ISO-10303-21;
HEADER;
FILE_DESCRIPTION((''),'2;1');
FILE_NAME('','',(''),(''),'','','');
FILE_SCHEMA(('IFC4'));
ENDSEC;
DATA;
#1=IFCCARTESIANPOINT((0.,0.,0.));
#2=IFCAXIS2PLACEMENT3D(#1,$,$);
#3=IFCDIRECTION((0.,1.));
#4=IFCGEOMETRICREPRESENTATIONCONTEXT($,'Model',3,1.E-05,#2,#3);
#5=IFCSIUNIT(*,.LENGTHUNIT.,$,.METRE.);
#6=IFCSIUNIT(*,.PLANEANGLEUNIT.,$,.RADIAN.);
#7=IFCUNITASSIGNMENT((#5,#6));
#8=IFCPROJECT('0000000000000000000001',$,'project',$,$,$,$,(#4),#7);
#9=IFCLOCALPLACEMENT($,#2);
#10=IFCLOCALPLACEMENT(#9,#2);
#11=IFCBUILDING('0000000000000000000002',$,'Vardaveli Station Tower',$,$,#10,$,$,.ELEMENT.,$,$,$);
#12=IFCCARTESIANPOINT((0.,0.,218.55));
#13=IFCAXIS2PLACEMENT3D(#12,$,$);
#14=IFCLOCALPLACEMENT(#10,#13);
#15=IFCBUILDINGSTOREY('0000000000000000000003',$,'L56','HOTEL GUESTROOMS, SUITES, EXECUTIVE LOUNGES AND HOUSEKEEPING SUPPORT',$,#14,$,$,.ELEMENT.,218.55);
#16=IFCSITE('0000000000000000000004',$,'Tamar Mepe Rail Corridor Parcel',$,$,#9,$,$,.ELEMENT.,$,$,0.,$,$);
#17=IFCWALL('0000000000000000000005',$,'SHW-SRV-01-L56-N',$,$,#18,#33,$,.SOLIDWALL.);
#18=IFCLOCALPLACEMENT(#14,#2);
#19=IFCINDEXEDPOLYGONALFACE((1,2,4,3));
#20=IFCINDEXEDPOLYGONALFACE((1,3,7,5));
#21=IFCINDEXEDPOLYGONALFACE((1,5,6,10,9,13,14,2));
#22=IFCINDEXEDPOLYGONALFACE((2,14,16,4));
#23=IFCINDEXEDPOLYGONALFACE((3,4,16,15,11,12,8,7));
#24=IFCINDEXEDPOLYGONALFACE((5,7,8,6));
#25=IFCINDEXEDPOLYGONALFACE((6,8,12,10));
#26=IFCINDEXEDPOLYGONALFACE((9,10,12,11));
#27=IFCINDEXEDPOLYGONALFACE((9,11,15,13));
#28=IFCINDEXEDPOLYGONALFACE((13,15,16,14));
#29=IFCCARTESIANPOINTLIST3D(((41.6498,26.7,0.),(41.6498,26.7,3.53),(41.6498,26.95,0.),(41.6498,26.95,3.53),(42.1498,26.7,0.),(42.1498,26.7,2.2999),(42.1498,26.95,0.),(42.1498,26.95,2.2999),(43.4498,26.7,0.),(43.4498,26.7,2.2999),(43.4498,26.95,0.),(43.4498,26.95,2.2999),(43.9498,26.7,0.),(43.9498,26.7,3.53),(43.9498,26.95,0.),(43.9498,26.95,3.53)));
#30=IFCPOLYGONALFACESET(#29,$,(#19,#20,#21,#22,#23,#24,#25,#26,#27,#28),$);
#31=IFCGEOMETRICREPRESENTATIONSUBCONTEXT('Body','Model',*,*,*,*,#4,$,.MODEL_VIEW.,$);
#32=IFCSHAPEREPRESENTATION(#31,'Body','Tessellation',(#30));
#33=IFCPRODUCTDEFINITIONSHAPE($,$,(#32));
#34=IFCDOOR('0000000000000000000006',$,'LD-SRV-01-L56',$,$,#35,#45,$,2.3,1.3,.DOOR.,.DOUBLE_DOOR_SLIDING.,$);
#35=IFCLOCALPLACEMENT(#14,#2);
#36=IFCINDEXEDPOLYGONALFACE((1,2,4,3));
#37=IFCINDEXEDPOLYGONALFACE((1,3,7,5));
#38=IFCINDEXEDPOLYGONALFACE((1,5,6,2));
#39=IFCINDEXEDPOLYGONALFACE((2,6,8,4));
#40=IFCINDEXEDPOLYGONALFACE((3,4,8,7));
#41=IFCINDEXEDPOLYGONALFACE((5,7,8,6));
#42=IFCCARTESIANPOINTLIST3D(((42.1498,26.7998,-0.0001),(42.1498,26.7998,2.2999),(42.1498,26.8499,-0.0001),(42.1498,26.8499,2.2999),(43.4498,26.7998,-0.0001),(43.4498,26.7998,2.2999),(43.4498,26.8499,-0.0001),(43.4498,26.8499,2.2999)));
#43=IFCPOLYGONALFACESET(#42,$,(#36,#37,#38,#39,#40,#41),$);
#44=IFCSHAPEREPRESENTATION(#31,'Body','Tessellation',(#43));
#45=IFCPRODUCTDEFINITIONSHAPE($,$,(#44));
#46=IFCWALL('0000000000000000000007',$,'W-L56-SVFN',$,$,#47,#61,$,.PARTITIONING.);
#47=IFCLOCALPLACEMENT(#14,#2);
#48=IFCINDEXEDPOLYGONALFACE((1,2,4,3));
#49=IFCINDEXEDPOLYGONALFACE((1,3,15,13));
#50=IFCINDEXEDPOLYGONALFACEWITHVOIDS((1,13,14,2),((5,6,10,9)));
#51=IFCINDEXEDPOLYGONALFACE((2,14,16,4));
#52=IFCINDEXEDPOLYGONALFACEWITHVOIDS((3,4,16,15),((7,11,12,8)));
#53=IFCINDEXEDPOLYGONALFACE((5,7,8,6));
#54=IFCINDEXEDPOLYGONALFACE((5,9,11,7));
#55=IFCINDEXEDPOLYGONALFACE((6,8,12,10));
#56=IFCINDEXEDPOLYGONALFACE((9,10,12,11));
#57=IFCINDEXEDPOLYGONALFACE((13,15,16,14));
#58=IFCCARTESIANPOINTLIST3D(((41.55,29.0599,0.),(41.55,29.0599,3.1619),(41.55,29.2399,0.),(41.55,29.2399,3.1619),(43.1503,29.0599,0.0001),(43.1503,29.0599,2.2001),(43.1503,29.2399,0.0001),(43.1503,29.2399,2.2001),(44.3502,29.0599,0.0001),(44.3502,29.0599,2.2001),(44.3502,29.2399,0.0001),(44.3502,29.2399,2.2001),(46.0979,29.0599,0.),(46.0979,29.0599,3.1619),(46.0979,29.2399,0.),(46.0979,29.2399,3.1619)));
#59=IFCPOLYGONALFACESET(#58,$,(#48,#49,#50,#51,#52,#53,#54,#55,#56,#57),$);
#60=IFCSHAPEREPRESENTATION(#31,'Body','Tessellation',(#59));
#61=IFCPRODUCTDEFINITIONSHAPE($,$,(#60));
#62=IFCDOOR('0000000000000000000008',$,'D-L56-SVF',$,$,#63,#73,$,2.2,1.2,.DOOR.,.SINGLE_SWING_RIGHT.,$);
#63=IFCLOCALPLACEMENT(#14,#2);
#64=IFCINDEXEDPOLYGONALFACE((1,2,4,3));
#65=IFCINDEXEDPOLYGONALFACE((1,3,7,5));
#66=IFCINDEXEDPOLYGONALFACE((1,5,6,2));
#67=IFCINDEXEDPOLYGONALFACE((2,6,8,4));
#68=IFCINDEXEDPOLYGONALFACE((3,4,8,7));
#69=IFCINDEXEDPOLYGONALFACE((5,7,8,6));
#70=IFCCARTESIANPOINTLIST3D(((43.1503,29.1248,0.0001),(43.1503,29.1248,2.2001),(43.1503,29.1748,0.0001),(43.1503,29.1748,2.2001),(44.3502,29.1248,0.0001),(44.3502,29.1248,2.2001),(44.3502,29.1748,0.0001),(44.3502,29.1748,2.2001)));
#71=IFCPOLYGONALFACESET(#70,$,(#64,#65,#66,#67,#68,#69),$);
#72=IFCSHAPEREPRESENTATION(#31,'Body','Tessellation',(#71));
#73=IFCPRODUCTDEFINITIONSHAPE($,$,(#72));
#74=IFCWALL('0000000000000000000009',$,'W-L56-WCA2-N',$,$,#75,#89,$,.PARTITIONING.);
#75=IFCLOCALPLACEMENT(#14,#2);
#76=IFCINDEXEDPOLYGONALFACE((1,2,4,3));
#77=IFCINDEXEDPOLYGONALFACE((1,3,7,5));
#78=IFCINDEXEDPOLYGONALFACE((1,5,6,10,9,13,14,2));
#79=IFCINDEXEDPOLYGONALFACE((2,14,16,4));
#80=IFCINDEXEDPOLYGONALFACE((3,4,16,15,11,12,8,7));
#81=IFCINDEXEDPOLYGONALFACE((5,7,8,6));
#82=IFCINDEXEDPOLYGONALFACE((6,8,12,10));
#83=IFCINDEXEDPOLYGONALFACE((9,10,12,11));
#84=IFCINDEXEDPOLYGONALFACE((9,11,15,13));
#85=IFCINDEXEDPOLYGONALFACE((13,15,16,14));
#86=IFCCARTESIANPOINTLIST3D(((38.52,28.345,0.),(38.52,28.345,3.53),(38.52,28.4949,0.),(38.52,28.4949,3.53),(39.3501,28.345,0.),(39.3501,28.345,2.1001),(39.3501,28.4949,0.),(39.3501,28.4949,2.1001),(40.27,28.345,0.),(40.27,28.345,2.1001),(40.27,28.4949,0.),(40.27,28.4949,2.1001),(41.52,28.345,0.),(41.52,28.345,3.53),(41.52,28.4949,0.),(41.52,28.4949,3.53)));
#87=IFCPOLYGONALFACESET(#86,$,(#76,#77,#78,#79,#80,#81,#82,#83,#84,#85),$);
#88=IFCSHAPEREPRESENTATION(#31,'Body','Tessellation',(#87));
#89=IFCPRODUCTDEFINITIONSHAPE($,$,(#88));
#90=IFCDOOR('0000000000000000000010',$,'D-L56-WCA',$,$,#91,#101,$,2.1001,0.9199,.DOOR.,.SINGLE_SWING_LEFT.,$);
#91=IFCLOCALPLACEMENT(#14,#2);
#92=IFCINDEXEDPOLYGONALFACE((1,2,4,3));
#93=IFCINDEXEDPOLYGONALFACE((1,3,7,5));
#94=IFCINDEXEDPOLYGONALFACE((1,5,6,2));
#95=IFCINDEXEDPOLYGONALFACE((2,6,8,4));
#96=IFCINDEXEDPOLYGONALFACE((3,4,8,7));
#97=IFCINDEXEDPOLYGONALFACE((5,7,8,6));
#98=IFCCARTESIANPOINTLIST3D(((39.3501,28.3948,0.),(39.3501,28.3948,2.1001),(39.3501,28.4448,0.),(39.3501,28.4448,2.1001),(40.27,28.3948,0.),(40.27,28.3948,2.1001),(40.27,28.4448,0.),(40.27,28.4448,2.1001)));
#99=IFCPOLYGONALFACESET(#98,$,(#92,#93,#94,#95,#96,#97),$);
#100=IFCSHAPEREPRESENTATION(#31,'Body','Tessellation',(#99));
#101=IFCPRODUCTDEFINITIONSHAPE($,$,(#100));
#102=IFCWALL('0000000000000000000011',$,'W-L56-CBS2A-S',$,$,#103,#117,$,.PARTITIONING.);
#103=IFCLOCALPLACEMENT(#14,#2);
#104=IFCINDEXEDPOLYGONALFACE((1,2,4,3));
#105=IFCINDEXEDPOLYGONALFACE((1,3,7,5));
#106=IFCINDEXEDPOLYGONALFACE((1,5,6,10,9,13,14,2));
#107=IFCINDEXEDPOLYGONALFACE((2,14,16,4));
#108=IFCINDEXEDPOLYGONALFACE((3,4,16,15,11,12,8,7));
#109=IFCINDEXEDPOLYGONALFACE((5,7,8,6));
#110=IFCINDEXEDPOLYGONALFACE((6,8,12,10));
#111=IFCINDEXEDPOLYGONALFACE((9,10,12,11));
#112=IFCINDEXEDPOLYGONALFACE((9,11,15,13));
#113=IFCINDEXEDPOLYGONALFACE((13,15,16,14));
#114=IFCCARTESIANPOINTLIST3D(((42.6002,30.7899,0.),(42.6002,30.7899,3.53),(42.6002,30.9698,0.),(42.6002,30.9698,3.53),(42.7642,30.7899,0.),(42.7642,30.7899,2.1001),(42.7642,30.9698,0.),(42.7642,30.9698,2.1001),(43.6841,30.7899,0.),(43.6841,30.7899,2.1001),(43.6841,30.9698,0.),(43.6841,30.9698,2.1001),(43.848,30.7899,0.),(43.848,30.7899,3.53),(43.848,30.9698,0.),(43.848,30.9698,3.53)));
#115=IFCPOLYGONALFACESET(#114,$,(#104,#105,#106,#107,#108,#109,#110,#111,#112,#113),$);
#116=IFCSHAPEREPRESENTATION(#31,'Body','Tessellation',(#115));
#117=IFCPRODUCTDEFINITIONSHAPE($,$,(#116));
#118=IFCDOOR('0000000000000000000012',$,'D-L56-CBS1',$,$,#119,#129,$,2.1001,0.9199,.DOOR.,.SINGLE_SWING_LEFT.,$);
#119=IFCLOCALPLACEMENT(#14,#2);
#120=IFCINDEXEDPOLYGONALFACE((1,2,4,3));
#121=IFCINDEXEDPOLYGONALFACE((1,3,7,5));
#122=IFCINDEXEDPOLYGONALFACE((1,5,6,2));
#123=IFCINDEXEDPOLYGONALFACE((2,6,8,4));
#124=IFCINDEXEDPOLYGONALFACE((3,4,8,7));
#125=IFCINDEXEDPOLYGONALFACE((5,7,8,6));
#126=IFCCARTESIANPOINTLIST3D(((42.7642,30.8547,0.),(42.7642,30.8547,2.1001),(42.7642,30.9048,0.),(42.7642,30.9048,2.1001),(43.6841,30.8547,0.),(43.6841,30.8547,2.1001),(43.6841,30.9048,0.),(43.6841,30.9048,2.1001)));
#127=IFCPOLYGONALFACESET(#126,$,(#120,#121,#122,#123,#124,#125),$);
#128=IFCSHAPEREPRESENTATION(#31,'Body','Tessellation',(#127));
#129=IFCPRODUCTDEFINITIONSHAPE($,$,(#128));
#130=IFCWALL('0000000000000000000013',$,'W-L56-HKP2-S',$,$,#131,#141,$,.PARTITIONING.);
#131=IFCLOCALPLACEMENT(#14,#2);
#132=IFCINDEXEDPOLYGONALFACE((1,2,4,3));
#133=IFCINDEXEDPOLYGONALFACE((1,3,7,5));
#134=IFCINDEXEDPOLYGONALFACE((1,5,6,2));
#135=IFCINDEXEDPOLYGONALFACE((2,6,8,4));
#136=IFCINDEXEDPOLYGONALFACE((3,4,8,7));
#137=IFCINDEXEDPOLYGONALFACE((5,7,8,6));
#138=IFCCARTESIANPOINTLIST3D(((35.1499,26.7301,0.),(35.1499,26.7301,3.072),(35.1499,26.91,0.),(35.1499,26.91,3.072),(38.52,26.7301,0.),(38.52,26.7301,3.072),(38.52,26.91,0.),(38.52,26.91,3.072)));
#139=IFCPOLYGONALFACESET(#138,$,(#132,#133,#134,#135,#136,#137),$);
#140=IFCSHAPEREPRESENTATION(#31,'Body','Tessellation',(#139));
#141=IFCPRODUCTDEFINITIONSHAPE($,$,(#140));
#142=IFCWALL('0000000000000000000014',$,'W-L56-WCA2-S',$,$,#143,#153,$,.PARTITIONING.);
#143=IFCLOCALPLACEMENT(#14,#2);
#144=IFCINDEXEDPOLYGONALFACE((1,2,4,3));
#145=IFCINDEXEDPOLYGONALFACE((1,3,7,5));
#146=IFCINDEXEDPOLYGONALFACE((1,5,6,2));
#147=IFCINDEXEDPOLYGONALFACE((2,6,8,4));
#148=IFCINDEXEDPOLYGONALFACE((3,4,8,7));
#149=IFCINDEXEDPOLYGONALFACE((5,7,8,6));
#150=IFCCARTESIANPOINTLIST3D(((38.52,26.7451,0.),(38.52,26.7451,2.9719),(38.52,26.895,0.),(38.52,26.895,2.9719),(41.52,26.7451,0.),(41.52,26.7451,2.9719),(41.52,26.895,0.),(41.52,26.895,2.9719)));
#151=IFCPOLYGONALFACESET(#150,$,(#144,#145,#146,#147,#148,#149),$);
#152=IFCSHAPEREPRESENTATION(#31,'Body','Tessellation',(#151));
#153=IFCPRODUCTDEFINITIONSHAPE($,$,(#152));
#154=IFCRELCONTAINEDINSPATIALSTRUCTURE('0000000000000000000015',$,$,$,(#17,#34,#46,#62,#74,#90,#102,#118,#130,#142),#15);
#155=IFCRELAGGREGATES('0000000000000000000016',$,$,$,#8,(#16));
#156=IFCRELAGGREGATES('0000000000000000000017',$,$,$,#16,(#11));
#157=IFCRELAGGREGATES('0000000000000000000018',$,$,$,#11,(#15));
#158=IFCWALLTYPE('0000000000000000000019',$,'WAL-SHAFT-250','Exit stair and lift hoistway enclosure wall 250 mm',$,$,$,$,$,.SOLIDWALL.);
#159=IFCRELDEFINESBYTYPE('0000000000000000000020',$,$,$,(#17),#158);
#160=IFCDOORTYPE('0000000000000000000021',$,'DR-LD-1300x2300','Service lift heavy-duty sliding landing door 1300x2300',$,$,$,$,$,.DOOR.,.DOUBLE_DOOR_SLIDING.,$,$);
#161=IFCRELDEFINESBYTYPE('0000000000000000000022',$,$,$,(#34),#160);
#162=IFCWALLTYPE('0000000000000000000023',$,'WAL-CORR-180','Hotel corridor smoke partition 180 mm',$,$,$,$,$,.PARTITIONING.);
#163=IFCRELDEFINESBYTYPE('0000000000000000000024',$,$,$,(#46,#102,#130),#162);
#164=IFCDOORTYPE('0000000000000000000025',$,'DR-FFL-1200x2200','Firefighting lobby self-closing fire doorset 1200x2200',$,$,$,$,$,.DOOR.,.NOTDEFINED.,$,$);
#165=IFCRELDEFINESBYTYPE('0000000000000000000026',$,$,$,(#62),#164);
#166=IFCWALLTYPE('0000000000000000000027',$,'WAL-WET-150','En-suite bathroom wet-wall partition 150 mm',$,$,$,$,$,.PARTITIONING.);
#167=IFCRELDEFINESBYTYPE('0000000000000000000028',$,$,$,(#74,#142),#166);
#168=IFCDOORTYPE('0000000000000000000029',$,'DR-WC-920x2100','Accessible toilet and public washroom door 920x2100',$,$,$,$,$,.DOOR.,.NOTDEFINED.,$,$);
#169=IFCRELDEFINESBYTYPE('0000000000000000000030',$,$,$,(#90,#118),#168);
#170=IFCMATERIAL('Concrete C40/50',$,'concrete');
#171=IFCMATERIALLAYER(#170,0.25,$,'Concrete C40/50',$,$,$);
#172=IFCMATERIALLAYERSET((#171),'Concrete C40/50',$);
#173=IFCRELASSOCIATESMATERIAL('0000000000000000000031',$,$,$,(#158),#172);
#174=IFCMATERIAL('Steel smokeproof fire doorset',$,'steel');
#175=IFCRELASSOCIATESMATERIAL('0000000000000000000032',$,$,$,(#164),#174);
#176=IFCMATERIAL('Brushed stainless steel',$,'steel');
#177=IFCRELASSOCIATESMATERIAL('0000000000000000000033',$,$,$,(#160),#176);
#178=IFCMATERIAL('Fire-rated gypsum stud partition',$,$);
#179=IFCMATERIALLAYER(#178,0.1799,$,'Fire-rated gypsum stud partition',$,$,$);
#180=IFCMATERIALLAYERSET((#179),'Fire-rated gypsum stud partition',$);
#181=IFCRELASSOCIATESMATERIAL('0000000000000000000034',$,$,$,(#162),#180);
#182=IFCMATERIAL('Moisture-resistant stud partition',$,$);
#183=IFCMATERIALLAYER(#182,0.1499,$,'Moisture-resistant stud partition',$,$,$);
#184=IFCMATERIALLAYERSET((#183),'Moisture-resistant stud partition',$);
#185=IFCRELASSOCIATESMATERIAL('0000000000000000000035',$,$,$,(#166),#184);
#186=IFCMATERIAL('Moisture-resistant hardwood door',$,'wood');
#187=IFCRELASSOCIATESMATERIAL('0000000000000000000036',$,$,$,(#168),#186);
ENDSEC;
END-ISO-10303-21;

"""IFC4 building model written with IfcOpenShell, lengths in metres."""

from ifc_helpers import new_model, si_unit, direction, frame, frame_2d, origin, place, context, subcontext, project, spatial, rectangle, extrude, source, transform, mapped, material, layer, layer_set, type_object, element, fill, save


model = new_model("IFC4")

# Units and contexts
model_context = context("Model", 3, precision=1e-05, world=origin(), true_north=direction((0.0, 1.0)))
body_context = subcontext(model_context, "Body", "Model", "MODEL_VIEW")
ifc_project = project(units=[si_unit("LENGTHUNIT", "METRE"), si_unit("PLANEANGLEUNIT", "RADIAN")], contexts=[model_context])

# Site, building, storey
site_placement = place(None, origin())
site = spatial("IfcSite", under=ifc_project, at=site_placement, Name="Tamar Mepe Rail Corridor Parcel", CompositionType="ELEMENT", RefElevation=0.0)
building_placement = place(site_placement, origin())
building = spatial("IfcBuilding", under=site, at=building_placement, Name="Vardaveli Station Tower", CompositionType="ELEMENT")
storey_placement = place(building_placement, frame((0.0, 0.0, 218.55)))
storey = spatial("IfcBuildingStorey", under=building, at=storey_placement, Name="L56", Description="HOTEL GUESTROOMS, SUITES, EXECUTIVE LOUNGES AND HOUSEKEEPING SUPPORT", CompositionType="ELEMENT", Elevation=218.55)

# Shared definitions
ifc_material_1 = material(Name="Concrete C40/50", Category="concrete")
ifc_layer_1 = layer(ifc_material_1, 0.25, Name="Concrete C40/50")
ifc_layer_set_1 = layer_set([ifc_layer_1], Name="Concrete C40/50")
wall_type_1 = type_object("IfcWallType", Name="WAL-SHAFT-250", Description="Exit stair and lift hoistway enclosure wall 250 mm", PredefinedType="SOLIDWALL", material=ifc_layer_set_1)

# Walls, openings, doors
ifc_material_2 = material(Name="Steel smokeproof fire doorset", Category="steel")
door_type_1 = type_object("IfcDoorType", Name="DR-FFL-1200x2200", Description="Firefighting lobby self-closing fire doorset 1200x2200", OperationType="NOTDEFINED", PredefinedType="DOOR", material=ifc_material_2)
shared_shape_1 = source(origin(), body_context, "Body", "SweptSolid", [
    extrude(rectangle(XDim=1.2, YDim=2.2, at=frame_2d((0.6001, 1.1001))), frame((0.0, 0.0249, 0.0), z_axis=(0.0, -1.0, 0.0), x_axis=(1.0, 0.0, 0.0)), (0.0, 0.0, 1.0), 0.05),
])
shared_shape_2 = source(origin(), body_context, "Body", "SweptSolid", [
    extrude(rectangle(XDim=2.3, YDim=0.25, at=frame_2d((1.1499, 0.0))), origin(), (0.0, 0.0, 1.0), 3.53),
])
wall_1_placement = place(storey_placement, frame((41.6499, 26.825, 0.0), z_axis=(0.0, 0.0, 1.0), x_axis=(1.0, 0.0, 0.0)))
wall_1 = element("IfcWall", 1, at=wall_1_placement, inside=storey, type_object=wall_type_1, Name="SHW-SRV-01-L56-N", PredefinedType="SOLIDWALL", context=body_context, shape_type="MappedRepresentation", body=[
    mapped(shared_shape_2, transform((0.0, 0.0, 0.0), scale=1.0)),
])
shared_shape_3 = source(origin(), body_context, "Body", "SweptSolid", [
    extrude(rectangle(XDim=1.3, YDim=2.3, at=frame_2d((0.6499, 1.1499))), frame((0.0, 0.135, 0.0), z_axis=(0.0, -1.0, 0.0), x_axis=(1.0, 0.0, 0.0)), (0.0, 0.0, 1.0), 0.27),
])
opening_1_placement = place(wall_1_placement, frame((0.5, 0.0, 0.0)))
opening_1 = element("IfcOpeningElement", 2, at=opening_1_placement, cuts=wall_1, PredefinedType="OPENING", context=body_context, shape_type="MappedRepresentation", body=[
    mapped(shared_shape_3, transform((0.0, 0.0, 0.0), scale=1.0)),
])
ifc_material_3 = material(Name="Brushed stainless steel", Category="steel")
door_type_2 = type_object("IfcDoorType", Name="DR-LD-1300x2300", Description="Service lift heavy-duty sliding landing door 1300x2300", OperationType="DOUBLE_DOOR_SLIDING", PredefinedType="DOOR", material=ifc_material_3)
shared_shape_4 = source(origin(), body_context, "Body", "SweptSolid", [
    extrude(rectangle(XDim=1.3, YDim=2.3, at=frame_2d((0.6499, 1.1499))), frame((0.0, 0.0249, 0.0), z_axis=(0.0, -1.0, 0.0), x_axis=(1.0, 0.0, 0.0)), (0.0, 0.0, 1.0), 0.05),
])
door_1_placement = place(opening_1_placement, origin())
door_1 = element("IfcDoor", 3, at=door_1_placement, inside=storey, type_object=door_type_2, Name="LD-SRV-01-L56", OperationType="DOUBLE_DOOR_SLIDING", OverallHeight=2.3, OverallWidth=1.3, PredefinedType="DOOR", context=body_context, shape_type="MappedRepresentation", body=[
    mapped(shared_shape_4, transform((0.0, 0.0, 0.0), scale=1.0)),
])
fill(opening_1, door_1)
ifc_material_4 = material(Name="Fire-rated gypsum stud partition")
ifc_layer_2 = layer(ifc_material_4, 0.1799, Name="Fire-rated gypsum stud partition")
ifc_layer_set_2 = layer_set([ifc_layer_2], Name="Fire-rated gypsum stud partition")
wall_type_2 = type_object("IfcWallType", Name="WAL-CORR-180", Description="Hotel corridor smoke partition 180 mm", PredefinedType="PARTITIONING", material=ifc_layer_set_2)
shared_shape_5 = source(origin(), body_context, "Body", "SweptSolid", [
    extrude(rectangle(XDim=4.5479, YDim=0.1799, at=frame_2d((2.2739, 0.0))), origin(), (0.0, 0.0, 1.0), 3.1619),
])
wall_2_placement = place(storey_placement, frame((41.55, 29.1499, 0.0), z_axis=(0.0, 0.0, 1.0), x_axis=(1.0, 0.0, 0.0)))
wall_2 = element("IfcWall", 4, at=wall_2_placement, inside=storey, type_object=wall_type_2, Name="W-L56-SVFN", PredefinedType="PARTITIONING", context=body_context, shape_type="MappedRepresentation", body=[
    mapped(shared_shape_5, transform((0.0, 0.0, 0.0), scale=1.0)),
])
shared_shape_6 = source(origin(), body_context, "Body", "SweptSolid", [
    extrude(rectangle(XDim=1.2, YDim=2.2, at=frame_2d((0.6001, 1.1001))), frame((0.0, 0.1001, 0.0), z_axis=(0.0, -1.0, 0.0), x_axis=(1.0, 0.0, 0.0)), (0.0, 0.0, 1.0), 0.2),
])
opening_2_placement = place(wall_2_placement, frame((1.6001, 0.0, 0.0)))
opening_2 = element("IfcOpeningElement", 5, at=opening_2_placement, cuts=wall_2, PredefinedType="OPENING", context=body_context, shape_type="MappedRepresentation", body=[
    mapped(shared_shape_6, transform((0.0, 0.0, 0.0), scale=1.0)),
])
door_2_placement = place(opening_2_placement, origin())
door_2 = element("IfcDoor", 6, at=door_2_placement, inside=storey, type_object=door_type_1, Name="D-L56-SVF", OperationType="SINGLE_SWING_RIGHT", OverallHeight=2.2, OverallWidth=1.2, PredefinedType="DOOR", context=body_context, shape_type="MappedRepresentation", body=[
    mapped(shared_shape_1, transform((0.0, 0.0, 0.0), scale=1.0)),
])
fill(opening_2, door_2)
ifc_material_5 = material(Name="Moisture-resistant stud partition")
ifc_layer_3 = layer(ifc_material_5, 0.1499, Name="Moisture-resistant stud partition")
ifc_layer_set_3 = layer_set([ifc_layer_3], Name="Moisture-resistant stud partition")
wall_type_3 = type_object("IfcWallType", Name="WAL-WET-150", Description="En-suite bathroom wet-wall partition 150 mm", PredefinedType="PARTITIONING", material=ifc_layer_set_3)
shared_shape_7 = source(origin(), body_context, "Body", "SweptSolid", [
    extrude(rectangle(XDim=3.0, YDim=0.1499, at=frame_2d((1.5, 0.0))), origin(), (0.0, 0.0, 1.0), 3.53),
])
wall_3_placement = place(storey_placement, frame((38.52, 28.4199, 0.0), z_axis=(0.0, 0.0, 1.0), x_axis=(1.0, 0.0, 0.0)))
wall_3 = element("IfcWall", 7, at=wall_3_placement, inside=storey, type_object=wall_type_3, Name="W-L56-WCA2-N", PredefinedType="PARTITIONING", context=body_context, shape_type="MappedRepresentation", body=[
    mapped(shared_shape_7, transform((0.0, 0.0, 0.0), scale=1.0)),
])
shared_shape_8 = source(origin(), body_context, "Body", "SweptSolid", [
    extrude(rectangle(XDim=0.9199, YDim=2.1001, at=frame_2d((0.46, 1.05))), frame((0.0, 0.085, 0.0), z_axis=(0.0, -1.0, 0.0), x_axis=(1.0, 0.0, 0.0)), (0.0, 0.0, 1.0), 0.1699),
])
opening_3_placement = place(wall_3_placement, frame((0.8301, 0.0, 0.0)))
opening_3 = element("IfcOpeningElement", 8, at=opening_3_placement, cuts=wall_3, PredefinedType="OPENING", context=body_context, shape_type="MappedRepresentation", body=[
    mapped(shared_shape_8, transform((0.0, 0.0, 0.0), scale=1.0)),
])
ifc_material_6 = material(Name="Moisture-resistant hardwood door", Category="wood")
door_type_3 = type_object("IfcDoorType", Name="DR-WC-920x2100", Description="Accessible toilet and public washroom door 920x2100", OperationType="NOTDEFINED", PredefinedType="DOOR", material=ifc_material_6)
shared_shape_9 = source(origin(), body_context, "Body", "SweptSolid", [
    extrude(rectangle(XDim=0.9199, YDim=2.1001, at=frame_2d((0.46, 1.05))), frame((0.0, 0.0249, 0.0), z_axis=(0.0, -1.0, 0.0), x_axis=(1.0, 0.0, 0.0)), (0.0, 0.0, 1.0), 0.05),
])
door_3_placement = place(opening_3_placement, origin())
door_3 = element("IfcDoor", 9, at=door_3_placement, inside=storey, type_object=door_type_3, Name="D-L56-WCA", OperationType="SINGLE_SWING_LEFT", OverallHeight=2.1001, OverallWidth=0.9199, PredefinedType="DOOR", context=body_context, shape_type="MappedRepresentation", body=[
    mapped(shared_shape_9, transform((0.0, 0.0, 0.0), scale=1.0)),
])
fill(opening_3, door_3)
shared_shape_10 = source(origin(), body_context, "Body", "SweptSolid", [
    extrude(rectangle(XDim=1.2478, YDim=0.1799, at=frame_2d((0.624, 0.0))), origin(), (0.0, 0.0, 1.0), 3.53),
])
wall_4_placement = place(storey_placement, frame((42.6001, 30.8799, 0.0), z_axis=(0.0, 0.0, 1.0), x_axis=(1.0, 0.0, 0.0)))
wall_4 = element("IfcWall", 10, at=wall_4_placement, inside=storey, type_object=wall_type_2, Name="W-L56-CBS2A-S", PredefinedType="PARTITIONING", context=body_context, shape_type="MappedRepresentation", body=[
    mapped(shared_shape_10, transform((0.0, 0.0, 0.0), scale=1.0)),
])
shared_shape_11 = source(origin(), body_context, "Body", "SweptSolid", [
    extrude(rectangle(XDim=0.9199, YDim=2.1001, at=frame_2d((0.46, 1.05))), frame((0.0, 0.1001, 0.0), z_axis=(0.0, -1.0, 0.0), x_axis=(1.0, 0.0, 0.0)), (0.0, 0.0, 1.0), 0.2),
])
opening_4_placement = place(wall_4_placement, frame((0.1641, 0.0, 0.0)))
opening_4 = element("IfcOpeningElement", 11, at=opening_4_placement, cuts=wall_4, PredefinedType="OPENING", context=body_context, shape_type="MappedRepresentation", body=[
    mapped(shared_shape_11, transform((0.0, 0.0, 0.0), scale=1.0)),
])
door_4_placement = place(opening_4_placement, origin())
door_4 = element("IfcDoor", 12, at=door_4_placement, inside=storey, type_object=door_type_3, Name="D-L56-CBS1", OperationType="SINGLE_SWING_LEFT", OverallHeight=2.1001, OverallWidth=0.9199, PredefinedType="DOOR", context=body_context, shape_type="MappedRepresentation", body=[
    mapped(shared_shape_9, transform((0.0, 0.0, 0.0), scale=1.0)),
])
fill(opening_4, door_4)

# Walls
shared_shape_12 = source(origin(), body_context, "Body", "SweptSolid", [
    extrude(rectangle(XDim=3.3701, YDim=0.1799, at=frame_2d((1.6851, 0.0))), origin(), (0.0, 0.0, 1.0), 3.072),
])
wall_5_placement = place(storey_placement, frame((35.1499, 26.8201, 0.0), z_axis=(0.0, 0.0, 1.0), x_axis=(1.0, 0.0, 0.0)))
element("IfcWall", 13, at=wall_5_placement, inside=storey, type_object=wall_type_2, Name="W-L56-HKP2-S", PredefinedType="PARTITIONING", context=body_context, shape_type="MappedRepresentation", body=[
    mapped(shared_shape_12, transform((0.0, 0.0, 0.0), scale=1.0)),
])
shared_shape_13 = source(origin(), body_context, "Body", "SweptSolid", [
    extrude(rectangle(XDim=3.0, YDim=0.1499, at=frame_2d((1.5, 0.0))), origin(), (0.0, 0.0, 1.0), 2.9719),
])
wall_6_placement = place(storey_placement, frame((38.52, 26.8201, 0.0), z_axis=(0.0, 0.0, 1.0), x_axis=(1.0, 0.0, 0.0)))
element("IfcWall", 14, at=wall_6_placement, inside=storey, type_object=wall_type_3, Name="W-L56-WCA2-S", PredefinedType="PARTITIONING", context=body_context, shape_type="MappedRepresentation", body=[
    mapped(shared_shape_13, transform((0.0, 0.0, 0.0), scale=1.0)),
])

save(model, "model.ifc")
